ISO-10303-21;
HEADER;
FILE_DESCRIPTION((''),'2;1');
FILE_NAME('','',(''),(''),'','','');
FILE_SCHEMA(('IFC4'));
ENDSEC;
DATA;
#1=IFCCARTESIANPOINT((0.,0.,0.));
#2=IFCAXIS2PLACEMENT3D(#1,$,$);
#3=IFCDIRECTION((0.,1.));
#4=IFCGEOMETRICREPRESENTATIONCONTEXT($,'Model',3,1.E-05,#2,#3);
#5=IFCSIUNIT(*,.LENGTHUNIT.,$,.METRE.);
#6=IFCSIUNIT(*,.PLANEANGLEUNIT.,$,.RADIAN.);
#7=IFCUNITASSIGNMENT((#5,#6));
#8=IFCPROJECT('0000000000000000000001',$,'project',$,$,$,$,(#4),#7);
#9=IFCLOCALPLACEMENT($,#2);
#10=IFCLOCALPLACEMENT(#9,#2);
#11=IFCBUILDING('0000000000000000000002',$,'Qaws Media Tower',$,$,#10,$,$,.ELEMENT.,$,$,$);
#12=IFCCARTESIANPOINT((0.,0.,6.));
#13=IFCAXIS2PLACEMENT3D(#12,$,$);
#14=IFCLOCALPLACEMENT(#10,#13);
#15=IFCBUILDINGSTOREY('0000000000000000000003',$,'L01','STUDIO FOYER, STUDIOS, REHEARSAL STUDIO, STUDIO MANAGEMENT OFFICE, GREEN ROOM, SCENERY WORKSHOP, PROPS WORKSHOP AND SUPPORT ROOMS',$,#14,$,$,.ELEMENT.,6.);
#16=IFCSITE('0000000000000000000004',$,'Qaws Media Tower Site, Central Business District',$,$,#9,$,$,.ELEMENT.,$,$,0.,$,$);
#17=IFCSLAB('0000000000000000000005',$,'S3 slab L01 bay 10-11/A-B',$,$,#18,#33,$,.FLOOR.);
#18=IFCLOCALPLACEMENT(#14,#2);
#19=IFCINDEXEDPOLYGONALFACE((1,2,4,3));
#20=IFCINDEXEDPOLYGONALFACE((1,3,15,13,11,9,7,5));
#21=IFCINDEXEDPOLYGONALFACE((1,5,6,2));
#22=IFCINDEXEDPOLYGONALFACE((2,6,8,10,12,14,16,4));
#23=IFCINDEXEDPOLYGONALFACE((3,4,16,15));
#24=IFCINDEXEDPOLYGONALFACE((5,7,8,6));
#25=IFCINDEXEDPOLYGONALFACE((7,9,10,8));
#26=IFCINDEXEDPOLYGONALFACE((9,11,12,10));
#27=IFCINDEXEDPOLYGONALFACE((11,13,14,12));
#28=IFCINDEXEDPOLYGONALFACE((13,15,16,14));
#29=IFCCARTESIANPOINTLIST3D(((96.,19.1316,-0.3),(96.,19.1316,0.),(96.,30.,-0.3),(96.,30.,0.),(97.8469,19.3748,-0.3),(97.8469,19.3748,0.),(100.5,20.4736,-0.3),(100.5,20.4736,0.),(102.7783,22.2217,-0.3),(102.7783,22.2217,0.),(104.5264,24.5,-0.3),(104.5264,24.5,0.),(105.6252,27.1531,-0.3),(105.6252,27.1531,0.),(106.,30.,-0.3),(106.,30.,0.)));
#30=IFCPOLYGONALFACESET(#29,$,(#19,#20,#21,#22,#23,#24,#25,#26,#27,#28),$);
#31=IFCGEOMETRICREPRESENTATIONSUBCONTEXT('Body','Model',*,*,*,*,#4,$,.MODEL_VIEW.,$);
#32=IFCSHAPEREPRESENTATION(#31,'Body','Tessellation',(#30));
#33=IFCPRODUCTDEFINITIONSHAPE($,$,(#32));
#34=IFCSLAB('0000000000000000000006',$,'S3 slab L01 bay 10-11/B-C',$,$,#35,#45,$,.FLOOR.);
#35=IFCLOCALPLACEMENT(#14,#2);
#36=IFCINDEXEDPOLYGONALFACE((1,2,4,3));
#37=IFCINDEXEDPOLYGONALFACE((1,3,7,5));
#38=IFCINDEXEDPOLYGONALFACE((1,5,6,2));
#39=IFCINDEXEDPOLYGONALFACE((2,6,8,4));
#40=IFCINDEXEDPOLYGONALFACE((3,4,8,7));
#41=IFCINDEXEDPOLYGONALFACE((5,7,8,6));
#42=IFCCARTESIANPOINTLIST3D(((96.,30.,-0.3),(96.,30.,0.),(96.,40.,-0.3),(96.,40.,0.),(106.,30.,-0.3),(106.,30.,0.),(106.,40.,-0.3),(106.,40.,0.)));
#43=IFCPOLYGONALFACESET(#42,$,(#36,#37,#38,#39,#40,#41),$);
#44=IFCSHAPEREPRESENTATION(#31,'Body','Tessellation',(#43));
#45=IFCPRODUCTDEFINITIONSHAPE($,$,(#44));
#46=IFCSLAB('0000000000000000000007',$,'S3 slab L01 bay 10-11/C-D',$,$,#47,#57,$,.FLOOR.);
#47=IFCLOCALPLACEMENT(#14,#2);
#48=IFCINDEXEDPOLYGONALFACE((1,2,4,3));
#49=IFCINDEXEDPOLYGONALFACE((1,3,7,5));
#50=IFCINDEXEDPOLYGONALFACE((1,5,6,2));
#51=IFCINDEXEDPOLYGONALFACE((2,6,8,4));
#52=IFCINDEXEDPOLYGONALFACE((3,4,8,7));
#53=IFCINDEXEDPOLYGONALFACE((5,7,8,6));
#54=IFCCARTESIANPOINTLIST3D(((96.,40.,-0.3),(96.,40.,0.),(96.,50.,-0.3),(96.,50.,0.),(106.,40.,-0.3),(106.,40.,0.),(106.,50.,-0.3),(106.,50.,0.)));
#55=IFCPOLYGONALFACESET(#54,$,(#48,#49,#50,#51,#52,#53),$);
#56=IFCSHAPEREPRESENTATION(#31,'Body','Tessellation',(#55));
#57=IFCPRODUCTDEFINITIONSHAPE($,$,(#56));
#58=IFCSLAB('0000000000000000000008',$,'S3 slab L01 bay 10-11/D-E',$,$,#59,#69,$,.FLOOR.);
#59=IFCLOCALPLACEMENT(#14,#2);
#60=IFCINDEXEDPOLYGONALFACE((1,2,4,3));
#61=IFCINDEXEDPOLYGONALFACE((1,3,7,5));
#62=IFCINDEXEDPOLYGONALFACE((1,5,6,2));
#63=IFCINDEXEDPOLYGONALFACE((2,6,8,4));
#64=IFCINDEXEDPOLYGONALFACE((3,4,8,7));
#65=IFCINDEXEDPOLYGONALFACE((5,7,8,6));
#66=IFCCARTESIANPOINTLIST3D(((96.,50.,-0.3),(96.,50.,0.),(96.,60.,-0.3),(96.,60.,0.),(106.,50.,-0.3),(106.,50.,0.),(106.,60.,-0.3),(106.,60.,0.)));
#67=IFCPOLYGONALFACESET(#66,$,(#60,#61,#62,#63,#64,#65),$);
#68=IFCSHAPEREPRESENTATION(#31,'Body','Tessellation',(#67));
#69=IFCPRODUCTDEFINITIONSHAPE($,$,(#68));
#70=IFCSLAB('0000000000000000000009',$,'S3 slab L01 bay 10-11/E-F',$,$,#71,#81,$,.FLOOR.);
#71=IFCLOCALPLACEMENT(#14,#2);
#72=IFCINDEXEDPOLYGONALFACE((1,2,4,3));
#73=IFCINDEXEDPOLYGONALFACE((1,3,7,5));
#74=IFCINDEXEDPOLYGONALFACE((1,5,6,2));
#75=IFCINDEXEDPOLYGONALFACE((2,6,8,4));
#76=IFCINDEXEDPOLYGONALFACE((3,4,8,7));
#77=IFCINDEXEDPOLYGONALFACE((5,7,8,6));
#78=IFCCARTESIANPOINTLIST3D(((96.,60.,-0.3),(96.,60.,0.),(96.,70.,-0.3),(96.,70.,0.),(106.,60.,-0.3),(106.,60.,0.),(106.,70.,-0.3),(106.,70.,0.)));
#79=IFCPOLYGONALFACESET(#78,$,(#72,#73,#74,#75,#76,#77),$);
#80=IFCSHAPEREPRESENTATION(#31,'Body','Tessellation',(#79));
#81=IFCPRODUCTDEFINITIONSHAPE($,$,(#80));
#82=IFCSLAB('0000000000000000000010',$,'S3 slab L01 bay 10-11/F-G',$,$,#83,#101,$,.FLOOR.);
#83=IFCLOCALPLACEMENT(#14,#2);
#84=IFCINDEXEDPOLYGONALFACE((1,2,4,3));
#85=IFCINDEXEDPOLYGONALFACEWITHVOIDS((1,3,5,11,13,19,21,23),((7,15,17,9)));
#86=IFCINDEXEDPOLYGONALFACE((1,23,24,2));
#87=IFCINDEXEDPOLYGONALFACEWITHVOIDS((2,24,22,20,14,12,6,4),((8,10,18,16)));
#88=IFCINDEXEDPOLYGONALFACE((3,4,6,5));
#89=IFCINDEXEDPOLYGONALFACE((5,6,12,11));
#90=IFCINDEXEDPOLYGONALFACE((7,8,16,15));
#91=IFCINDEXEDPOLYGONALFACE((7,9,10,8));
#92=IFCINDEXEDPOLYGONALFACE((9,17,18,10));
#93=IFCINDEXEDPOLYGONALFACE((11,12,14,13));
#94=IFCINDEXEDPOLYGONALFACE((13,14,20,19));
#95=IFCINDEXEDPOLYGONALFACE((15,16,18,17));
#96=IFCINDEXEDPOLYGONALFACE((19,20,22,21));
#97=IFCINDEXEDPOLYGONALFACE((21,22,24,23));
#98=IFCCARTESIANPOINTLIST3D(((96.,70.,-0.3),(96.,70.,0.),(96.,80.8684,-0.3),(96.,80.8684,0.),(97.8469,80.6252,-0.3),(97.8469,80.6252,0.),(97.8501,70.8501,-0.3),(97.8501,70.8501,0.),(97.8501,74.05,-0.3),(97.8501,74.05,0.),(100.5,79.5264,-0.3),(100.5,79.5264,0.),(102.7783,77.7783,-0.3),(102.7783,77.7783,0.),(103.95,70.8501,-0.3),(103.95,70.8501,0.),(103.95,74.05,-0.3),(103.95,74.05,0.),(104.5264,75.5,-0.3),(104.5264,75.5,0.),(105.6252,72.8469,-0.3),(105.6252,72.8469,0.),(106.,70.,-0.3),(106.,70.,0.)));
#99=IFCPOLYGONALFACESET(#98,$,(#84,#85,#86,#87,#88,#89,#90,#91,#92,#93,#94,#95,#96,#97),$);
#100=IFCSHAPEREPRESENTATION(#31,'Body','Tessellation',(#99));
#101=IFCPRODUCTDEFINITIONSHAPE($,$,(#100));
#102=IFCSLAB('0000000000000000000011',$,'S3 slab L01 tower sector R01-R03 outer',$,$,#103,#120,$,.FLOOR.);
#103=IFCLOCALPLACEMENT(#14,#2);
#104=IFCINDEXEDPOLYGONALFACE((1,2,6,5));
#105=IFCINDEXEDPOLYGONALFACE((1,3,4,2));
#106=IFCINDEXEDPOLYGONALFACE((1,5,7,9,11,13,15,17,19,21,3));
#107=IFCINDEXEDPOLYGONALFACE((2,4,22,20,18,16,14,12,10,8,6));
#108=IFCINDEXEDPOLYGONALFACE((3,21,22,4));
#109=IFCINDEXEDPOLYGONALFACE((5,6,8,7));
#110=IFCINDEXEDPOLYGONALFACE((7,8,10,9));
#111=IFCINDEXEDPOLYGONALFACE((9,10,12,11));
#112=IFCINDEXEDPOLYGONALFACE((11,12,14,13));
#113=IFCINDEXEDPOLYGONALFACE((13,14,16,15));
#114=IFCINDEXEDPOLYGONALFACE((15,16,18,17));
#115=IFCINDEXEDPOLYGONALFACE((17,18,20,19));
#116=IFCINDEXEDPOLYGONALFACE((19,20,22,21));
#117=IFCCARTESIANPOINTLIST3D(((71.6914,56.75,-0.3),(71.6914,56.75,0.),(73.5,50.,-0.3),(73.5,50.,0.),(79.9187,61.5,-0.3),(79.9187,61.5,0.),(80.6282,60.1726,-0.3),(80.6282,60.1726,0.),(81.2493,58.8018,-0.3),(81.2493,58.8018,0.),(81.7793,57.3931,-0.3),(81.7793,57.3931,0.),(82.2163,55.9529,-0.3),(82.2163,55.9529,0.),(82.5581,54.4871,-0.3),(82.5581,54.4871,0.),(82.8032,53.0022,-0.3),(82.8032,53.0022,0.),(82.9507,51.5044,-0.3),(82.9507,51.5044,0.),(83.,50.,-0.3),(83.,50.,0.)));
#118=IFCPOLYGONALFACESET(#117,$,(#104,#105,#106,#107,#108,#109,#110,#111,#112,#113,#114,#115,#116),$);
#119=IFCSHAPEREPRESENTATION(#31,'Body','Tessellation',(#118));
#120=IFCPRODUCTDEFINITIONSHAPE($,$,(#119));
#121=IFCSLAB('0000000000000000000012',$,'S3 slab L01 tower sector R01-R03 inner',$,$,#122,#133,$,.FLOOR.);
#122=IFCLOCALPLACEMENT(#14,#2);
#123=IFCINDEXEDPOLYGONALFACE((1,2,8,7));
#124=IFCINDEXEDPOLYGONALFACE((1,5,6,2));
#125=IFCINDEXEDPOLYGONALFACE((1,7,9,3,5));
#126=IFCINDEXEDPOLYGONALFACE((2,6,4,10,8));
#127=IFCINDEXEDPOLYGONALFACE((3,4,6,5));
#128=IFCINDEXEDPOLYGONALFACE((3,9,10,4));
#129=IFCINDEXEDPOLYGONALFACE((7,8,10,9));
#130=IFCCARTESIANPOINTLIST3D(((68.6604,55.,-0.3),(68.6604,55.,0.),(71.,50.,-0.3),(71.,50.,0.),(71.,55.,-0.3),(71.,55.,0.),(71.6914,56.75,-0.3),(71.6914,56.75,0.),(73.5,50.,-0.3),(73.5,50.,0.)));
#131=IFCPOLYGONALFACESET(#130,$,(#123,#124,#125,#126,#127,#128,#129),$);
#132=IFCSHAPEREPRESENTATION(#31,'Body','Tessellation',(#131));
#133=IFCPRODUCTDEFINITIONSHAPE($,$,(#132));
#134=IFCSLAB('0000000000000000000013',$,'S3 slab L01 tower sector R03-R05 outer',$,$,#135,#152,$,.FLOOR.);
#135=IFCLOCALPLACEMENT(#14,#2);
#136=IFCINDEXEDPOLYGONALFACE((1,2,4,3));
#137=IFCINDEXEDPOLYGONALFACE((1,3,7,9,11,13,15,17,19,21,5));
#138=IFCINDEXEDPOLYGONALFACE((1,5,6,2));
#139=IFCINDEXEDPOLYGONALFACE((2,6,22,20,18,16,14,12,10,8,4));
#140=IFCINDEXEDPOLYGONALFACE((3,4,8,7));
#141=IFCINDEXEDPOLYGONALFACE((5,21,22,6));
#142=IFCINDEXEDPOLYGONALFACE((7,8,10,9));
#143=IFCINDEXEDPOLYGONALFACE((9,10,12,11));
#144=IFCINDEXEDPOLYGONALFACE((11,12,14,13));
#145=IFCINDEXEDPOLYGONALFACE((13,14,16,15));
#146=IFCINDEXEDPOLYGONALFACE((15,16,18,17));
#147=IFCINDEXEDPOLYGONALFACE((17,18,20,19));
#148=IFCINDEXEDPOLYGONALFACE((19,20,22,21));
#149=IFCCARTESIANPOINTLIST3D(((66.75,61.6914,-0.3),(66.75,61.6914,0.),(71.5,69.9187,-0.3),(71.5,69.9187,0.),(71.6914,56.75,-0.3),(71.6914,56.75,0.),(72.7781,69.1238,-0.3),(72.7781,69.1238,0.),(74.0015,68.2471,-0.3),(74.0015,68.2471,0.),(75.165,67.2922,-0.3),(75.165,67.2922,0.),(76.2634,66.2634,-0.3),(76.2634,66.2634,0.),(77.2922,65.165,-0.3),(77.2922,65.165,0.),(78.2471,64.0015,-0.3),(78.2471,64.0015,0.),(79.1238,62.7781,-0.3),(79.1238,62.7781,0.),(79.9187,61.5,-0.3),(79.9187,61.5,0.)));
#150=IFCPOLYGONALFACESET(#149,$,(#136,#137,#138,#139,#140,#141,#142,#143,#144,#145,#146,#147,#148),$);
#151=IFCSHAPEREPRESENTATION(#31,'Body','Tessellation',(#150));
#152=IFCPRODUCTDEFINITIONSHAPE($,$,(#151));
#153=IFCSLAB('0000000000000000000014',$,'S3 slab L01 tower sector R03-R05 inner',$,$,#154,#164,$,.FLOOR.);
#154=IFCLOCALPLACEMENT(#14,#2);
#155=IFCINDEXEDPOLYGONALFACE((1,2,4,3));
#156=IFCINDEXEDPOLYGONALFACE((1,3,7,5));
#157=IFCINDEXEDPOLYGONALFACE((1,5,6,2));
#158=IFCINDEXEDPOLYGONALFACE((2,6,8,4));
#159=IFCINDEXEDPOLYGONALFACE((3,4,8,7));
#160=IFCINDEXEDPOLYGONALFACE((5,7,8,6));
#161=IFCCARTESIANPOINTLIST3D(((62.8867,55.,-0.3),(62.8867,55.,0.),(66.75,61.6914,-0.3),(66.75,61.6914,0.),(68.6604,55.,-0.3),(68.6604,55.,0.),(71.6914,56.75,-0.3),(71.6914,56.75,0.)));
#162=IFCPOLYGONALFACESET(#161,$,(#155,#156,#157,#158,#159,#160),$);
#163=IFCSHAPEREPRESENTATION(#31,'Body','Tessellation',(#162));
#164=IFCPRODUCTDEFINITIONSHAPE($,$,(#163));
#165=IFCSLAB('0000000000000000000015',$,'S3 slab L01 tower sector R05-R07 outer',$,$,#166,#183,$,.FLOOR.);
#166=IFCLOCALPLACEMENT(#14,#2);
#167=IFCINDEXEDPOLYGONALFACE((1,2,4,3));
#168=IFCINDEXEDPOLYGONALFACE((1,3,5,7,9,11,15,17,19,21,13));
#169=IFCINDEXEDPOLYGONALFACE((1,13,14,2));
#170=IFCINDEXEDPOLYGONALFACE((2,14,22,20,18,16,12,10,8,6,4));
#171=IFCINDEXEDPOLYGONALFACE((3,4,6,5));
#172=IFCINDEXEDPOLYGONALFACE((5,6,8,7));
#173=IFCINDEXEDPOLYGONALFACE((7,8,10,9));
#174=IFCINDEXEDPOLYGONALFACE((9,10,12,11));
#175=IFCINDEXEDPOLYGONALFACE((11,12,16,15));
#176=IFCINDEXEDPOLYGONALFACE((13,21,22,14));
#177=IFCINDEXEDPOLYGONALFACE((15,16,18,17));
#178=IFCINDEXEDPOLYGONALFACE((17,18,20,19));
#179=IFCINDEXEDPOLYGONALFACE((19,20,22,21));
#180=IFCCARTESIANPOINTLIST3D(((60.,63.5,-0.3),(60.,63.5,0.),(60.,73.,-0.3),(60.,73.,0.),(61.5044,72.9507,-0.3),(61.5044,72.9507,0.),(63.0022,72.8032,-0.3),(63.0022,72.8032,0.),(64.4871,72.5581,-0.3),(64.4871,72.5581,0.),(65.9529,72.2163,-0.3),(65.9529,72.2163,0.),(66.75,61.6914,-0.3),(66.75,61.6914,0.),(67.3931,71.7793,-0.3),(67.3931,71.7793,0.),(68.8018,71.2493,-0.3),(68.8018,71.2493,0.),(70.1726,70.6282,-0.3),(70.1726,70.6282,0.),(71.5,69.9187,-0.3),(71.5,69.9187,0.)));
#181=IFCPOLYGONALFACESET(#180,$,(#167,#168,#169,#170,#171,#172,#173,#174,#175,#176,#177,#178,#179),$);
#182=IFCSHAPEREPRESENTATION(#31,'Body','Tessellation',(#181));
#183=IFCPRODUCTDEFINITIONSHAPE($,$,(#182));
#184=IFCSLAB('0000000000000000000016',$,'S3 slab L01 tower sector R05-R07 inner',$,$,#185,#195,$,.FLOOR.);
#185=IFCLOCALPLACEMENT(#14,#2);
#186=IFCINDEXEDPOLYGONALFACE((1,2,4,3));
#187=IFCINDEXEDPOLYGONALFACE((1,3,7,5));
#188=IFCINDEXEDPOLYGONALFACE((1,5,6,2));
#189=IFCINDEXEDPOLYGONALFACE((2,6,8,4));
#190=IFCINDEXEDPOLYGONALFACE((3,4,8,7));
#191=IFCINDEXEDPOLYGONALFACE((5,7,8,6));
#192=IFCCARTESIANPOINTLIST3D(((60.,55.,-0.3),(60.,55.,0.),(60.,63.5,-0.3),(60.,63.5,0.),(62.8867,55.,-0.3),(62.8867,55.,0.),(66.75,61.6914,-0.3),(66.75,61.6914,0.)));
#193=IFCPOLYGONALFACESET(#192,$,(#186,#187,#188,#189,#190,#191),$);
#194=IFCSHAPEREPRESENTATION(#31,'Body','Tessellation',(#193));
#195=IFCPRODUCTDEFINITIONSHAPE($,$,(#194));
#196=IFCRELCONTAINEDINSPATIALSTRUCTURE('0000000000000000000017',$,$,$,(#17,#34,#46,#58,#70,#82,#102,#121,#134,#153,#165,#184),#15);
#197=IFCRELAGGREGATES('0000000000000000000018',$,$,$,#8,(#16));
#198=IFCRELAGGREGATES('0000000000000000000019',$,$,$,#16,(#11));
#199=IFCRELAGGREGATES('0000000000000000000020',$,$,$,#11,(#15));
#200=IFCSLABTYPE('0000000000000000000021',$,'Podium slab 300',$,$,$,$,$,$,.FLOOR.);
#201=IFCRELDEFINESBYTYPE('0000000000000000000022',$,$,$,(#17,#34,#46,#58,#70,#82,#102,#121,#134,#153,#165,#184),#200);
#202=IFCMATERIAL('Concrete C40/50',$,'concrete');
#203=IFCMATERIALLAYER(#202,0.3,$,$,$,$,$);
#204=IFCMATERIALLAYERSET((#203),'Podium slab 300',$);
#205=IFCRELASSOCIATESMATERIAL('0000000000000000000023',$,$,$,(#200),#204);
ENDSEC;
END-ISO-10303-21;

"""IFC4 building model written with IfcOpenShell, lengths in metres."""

from ifc_helpers import new_model, si_unit, direction, frame, origin, place, context, subcontext, project, spatial, polyline, outline, extrude, material, layer, layer_set, type_object, element, save


model = new_model("IFC4")

# Units and contexts
model_context = context("Model", 3, precision=1e-05, world=origin(), true_north=direction((0.0, 1.0)))
body_context = subcontext(model_context, "Body", "Model", "MODEL_VIEW")
ifc_project = project(units=[si_unit("LENGTHUNIT", "METRE"), si_unit("PLANEANGLEUNIT", "RADIAN")], contexts=[model_context])

# Site, building, storey
site_placement = place(None, origin())
site = spatial("IfcSite", under=ifc_project, at=site_placement, Name="Qaws Media Tower Site, Central Business District", CompositionType="ELEMENT", RefElevation=0.0)
building_placement = place(site_placement, origin())
building = spatial("IfcBuilding", under=site, at=building_placement, Name="Qaws Media Tower", CompositionType="ELEMENT")
storey_placement = place(building_placement, frame((0.0, 0.0, 6.0)))
storey = spatial("IfcBuildingStorey", under=building, at=storey_placement, Name="L01", Description="STUDIO FOYER, STUDIOS, REHEARSAL STUDIO, STUDIO MANAGEMENT OFFICE, GREEN ROOM, SCENERY WORKSHOP, PROPS WORKSHOP AND SUPPORT ROOMS", CompositionType="ELEMENT", Elevation=6.0)

# Slabs
ifc_material = material(Name="Concrete C40/50", Category="concrete")
ifc_layer = layer(ifc_material, 0.3)
ifc_layer_set = layer_set([ifc_layer], Name="Podium slab 300")
slab_type = type_object("IfcSlabType", Name="Podium slab 300", PredefinedType="FLOOR", material=ifc_layer_set)
slab_1_placement = place(storey_placement, frame((0.0, 0.0, -0.3)))
element("IfcSlab", 1, at=slab_1_placement, inside=storey, type_object=slab_type, Name="S3 slab L01 bay 10-11/A-B", PredefinedType="FLOOR", context=body_context, shape_type="SweptSolid", body=[
    extrude(outline(polyline([(105.6252, 27.1531), (104.5264, 24.5), (102.7783, 22.2217), (100.5, 20.4736), (97.8469, 19.3748), (96.0, 19.1316), (96.0, 30.0), (106.0, 30.0), (105.6252, 27.1531)])), origin(), (0.0, 0.0, 1.0), 0.3),
])
slab_2_placement = place(storey_placement, frame((0.0, 0.0, -0.3)))
element("IfcSlab", 2, at=slab_2_placement, inside=storey, type_object=slab_type, Name="S3 slab L01 bay 10-11/B-C", PredefinedType="FLOOR", context=body_context, shape_type="SweptSolid", body=[
    extrude(outline(polyline([(106.0, 30.0), (96.0, 30.0), (96.0, 40.0), (106.0, 40.0), (106.0, 30.0)])), origin(), (0.0, 0.0, 1.0), 0.3),
])
slab_3_placement = place(storey_placement, frame((0.0, 0.0, -0.3)))
element("IfcSlab", 3, at=slab_3_placement, inside=storey, type_object=slab_type, Name="S3 slab L01 bay 10-11/C-D", PredefinedType="FLOOR", context=body_context, shape_type="SweptSolid", body=[
    extrude(outline(polyline([(106.0, 40.0), (96.0, 40.0), (96.0, 50.0), (106.0, 50.0), (106.0, 40.0)])), origin(), (0.0, 0.0, 1.0), 0.3),
])
slab_4_placement = place(storey_placement, frame((0.0, 0.0, -0.3)))
element("IfcSlab", 4, at=slab_4_placement, inside=storey, type_object=slab_type, Name="S3 slab L01 bay 10-11/D-E", PredefinedType="FLOOR", context=body_context, shape_type="SweptSolid", body=[
    extrude(outline(polyline([(106.0, 50.0), (96.0, 50.0), (96.0, 60.0), (106.0, 60.0), (106.0, 50.0)])), origin(), (0.0, 0.0, 1.0), 0.3),
])
slab_5_placement = place(storey_placement, frame((0.0, 0.0, -0.3)))
element("IfcSlab", 5, at=slab_5_placement, inside=storey, type_object=slab_type, Name="S3 slab L01 bay 10-11/E-F", PredefinedType="FLOOR", context=body_context, shape_type="SweptSolid", body=[
    extrude(outline(polyline([(106.0, 60.0), (96.0, 60.0), (96.0, 70.0), (106.0, 70.0), (106.0, 60.0)])), origin(), (0.0, 0.0, 1.0), 0.3),
])
slab_6_placement = place(storey_placement, frame((0.0, 0.0, -0.3)))
element("IfcSlab", 6, at=slab_6_placement, inside=storey, type_object=slab_type, Name="S3 slab L01 bay 10-11/F-G", PredefinedType="FLOOR", context=body_context, shape_type="SweptSolid", body=[
    extrude(outline(polyline([(97.8469, 80.6252), (100.5, 79.5264), (102.7783, 77.7783), (104.5264, 75.5), (105.6252, 72.8469), (106.0, 70.0), (96.0, 70.0), (96.0, 80.8684), (97.8469, 80.6252)]), holes=[polyline([(97.8501, 74.05), (97.8501, 70.8501), (103.95, 70.8501), (103.95, 74.05), (97.8501, 74.05)])]), origin(), (0.0, 0.0, 1.0), 0.3),
])
slab_7_placement = place(storey_placement, frame((0.0, 0.0, -0.3)))
element("IfcSlab", 7, at=slab_7_placement, inside=storey, type_object=slab_type, Name="S3 slab L01 tower sector R01-R03 outer", PredefinedType="FLOOR", context=body_context, shape_type="SweptSolid", body=[
    extrude(outline(polyline([(82.8032, 53.0022), (82.9507, 51.5044), (83.0, 50.0), (73.5, 50.0), (71.6914, 56.75), (79.9187, 61.5), (80.6282, 60.1726), (81.2493, 58.8018), (81.7793, 57.3931), (82.2163, 55.9529), (82.5581, 54.4871), (82.8032, 53.0022)])), origin(), (0.0, 0.0, 1.0), 0.3),
])
slab_8_placement = place(storey_placement, frame((0.0, 0.0, -0.3)))
element("IfcSlab", 8, at=slab_8_placement, inside=storey, type_object=slab_type, Name="S3 slab L01 tower sector R01-R03 inner", PredefinedType="FLOOR", context=body_context, shape_type="SweptSolid", body=[
    extrude(outline(polyline([(71.0, 50.0), (71.0, 55.0), (68.6604, 55.0), (71.6914, 56.75), (73.5, 50.0), (71.0, 50.0)])), origin(), (0.0, 0.0, 1.0), 0.3),
])
slab_9_placement = place(storey_placement, frame((0.0, 0.0, -0.3)))
element("IfcSlab", 9, at=slab_9_placement, inside=storey, type_object=slab_type, Name="S3 slab L01 tower sector R03-R05 outer", PredefinedType="FLOOR", context=body_context, shape_type="SweptSolid", body=[
    extrude(outline(polyline([(78.2471, 64.0015), (79.1238, 62.7781), (79.9187, 61.5), (71.6914, 56.75), (66.75, 61.6914), (71.5, 69.9187), (72.7781, 69.1238), (74.0015, 68.2471), (75.165, 67.2922), (76.2634, 66.2634), (77.2922, 65.165), (78.2471, 64.0015)])), origin(), (0.0, 0.0, 1.0), 0.3),
])
slab_10_placement = place(storey_placement, frame((0.0, 0.0, -0.3)))
element("IfcSlab", 10, at=slab_10_placement, inside=storey, type_object=slab_type, Name="S3 slab L01 tower sector R03-R05 inner", PredefinedType="FLOOR", context=body_context, shape_type="SweptSolid", body=[
    extrude(outline(polyline([(68.6604, 55.0), (62.8867, 55.0), (66.75, 61.6914), (71.6914, 56.75), (68.6604, 55.0)])), origin(), (0.0, 0.0, 1.0), 0.3),
])
slab_11_placement = place(storey_placement, frame((0.0, 0.0, -0.3)))
element("IfcSlab", 11, at=slab_11_placement, inside=storey, type_object=slab_type, Name="S3 slab L01 tower sector R05-R07 outer", PredefinedType="FLOOR", context=body_context, shape_type="SweptSolid", body=[
    extrude(outline(polyline([(68.8018, 71.2493), (70.1726, 70.6282), (71.5, 69.9187), (66.75, 61.6914), (60.0, 63.5), (60.0, 73.0), (61.5044, 72.9507), (63.0022, 72.8032), (64.4871, 72.5581), (65.9529, 72.2163), (67.3931, 71.7793), (68.8018, 71.2493)])), origin(), (0.0, 0.0, 1.0), 0.3),
])
slab_12_placement = place(storey_placement, frame((0.0, 0.0, -0.3)))
element("IfcSlab", 12, at=slab_12_placement, inside=storey, type_object=slab_type, Name="S3 slab L01 tower sector R05-R07 inner", PredefinedType="FLOOR", context=body_context, shape_type="SweptSolid", body=[
    extrude(outline(polyline([(62.8867, 55.0), (60.0, 55.0), (60.0, 63.5), (66.75, 61.6914), (62.8867, 55.0)])), origin(), (0.0, 0.0, 1.0), 0.3),
])

save(model, "model.ifc")
